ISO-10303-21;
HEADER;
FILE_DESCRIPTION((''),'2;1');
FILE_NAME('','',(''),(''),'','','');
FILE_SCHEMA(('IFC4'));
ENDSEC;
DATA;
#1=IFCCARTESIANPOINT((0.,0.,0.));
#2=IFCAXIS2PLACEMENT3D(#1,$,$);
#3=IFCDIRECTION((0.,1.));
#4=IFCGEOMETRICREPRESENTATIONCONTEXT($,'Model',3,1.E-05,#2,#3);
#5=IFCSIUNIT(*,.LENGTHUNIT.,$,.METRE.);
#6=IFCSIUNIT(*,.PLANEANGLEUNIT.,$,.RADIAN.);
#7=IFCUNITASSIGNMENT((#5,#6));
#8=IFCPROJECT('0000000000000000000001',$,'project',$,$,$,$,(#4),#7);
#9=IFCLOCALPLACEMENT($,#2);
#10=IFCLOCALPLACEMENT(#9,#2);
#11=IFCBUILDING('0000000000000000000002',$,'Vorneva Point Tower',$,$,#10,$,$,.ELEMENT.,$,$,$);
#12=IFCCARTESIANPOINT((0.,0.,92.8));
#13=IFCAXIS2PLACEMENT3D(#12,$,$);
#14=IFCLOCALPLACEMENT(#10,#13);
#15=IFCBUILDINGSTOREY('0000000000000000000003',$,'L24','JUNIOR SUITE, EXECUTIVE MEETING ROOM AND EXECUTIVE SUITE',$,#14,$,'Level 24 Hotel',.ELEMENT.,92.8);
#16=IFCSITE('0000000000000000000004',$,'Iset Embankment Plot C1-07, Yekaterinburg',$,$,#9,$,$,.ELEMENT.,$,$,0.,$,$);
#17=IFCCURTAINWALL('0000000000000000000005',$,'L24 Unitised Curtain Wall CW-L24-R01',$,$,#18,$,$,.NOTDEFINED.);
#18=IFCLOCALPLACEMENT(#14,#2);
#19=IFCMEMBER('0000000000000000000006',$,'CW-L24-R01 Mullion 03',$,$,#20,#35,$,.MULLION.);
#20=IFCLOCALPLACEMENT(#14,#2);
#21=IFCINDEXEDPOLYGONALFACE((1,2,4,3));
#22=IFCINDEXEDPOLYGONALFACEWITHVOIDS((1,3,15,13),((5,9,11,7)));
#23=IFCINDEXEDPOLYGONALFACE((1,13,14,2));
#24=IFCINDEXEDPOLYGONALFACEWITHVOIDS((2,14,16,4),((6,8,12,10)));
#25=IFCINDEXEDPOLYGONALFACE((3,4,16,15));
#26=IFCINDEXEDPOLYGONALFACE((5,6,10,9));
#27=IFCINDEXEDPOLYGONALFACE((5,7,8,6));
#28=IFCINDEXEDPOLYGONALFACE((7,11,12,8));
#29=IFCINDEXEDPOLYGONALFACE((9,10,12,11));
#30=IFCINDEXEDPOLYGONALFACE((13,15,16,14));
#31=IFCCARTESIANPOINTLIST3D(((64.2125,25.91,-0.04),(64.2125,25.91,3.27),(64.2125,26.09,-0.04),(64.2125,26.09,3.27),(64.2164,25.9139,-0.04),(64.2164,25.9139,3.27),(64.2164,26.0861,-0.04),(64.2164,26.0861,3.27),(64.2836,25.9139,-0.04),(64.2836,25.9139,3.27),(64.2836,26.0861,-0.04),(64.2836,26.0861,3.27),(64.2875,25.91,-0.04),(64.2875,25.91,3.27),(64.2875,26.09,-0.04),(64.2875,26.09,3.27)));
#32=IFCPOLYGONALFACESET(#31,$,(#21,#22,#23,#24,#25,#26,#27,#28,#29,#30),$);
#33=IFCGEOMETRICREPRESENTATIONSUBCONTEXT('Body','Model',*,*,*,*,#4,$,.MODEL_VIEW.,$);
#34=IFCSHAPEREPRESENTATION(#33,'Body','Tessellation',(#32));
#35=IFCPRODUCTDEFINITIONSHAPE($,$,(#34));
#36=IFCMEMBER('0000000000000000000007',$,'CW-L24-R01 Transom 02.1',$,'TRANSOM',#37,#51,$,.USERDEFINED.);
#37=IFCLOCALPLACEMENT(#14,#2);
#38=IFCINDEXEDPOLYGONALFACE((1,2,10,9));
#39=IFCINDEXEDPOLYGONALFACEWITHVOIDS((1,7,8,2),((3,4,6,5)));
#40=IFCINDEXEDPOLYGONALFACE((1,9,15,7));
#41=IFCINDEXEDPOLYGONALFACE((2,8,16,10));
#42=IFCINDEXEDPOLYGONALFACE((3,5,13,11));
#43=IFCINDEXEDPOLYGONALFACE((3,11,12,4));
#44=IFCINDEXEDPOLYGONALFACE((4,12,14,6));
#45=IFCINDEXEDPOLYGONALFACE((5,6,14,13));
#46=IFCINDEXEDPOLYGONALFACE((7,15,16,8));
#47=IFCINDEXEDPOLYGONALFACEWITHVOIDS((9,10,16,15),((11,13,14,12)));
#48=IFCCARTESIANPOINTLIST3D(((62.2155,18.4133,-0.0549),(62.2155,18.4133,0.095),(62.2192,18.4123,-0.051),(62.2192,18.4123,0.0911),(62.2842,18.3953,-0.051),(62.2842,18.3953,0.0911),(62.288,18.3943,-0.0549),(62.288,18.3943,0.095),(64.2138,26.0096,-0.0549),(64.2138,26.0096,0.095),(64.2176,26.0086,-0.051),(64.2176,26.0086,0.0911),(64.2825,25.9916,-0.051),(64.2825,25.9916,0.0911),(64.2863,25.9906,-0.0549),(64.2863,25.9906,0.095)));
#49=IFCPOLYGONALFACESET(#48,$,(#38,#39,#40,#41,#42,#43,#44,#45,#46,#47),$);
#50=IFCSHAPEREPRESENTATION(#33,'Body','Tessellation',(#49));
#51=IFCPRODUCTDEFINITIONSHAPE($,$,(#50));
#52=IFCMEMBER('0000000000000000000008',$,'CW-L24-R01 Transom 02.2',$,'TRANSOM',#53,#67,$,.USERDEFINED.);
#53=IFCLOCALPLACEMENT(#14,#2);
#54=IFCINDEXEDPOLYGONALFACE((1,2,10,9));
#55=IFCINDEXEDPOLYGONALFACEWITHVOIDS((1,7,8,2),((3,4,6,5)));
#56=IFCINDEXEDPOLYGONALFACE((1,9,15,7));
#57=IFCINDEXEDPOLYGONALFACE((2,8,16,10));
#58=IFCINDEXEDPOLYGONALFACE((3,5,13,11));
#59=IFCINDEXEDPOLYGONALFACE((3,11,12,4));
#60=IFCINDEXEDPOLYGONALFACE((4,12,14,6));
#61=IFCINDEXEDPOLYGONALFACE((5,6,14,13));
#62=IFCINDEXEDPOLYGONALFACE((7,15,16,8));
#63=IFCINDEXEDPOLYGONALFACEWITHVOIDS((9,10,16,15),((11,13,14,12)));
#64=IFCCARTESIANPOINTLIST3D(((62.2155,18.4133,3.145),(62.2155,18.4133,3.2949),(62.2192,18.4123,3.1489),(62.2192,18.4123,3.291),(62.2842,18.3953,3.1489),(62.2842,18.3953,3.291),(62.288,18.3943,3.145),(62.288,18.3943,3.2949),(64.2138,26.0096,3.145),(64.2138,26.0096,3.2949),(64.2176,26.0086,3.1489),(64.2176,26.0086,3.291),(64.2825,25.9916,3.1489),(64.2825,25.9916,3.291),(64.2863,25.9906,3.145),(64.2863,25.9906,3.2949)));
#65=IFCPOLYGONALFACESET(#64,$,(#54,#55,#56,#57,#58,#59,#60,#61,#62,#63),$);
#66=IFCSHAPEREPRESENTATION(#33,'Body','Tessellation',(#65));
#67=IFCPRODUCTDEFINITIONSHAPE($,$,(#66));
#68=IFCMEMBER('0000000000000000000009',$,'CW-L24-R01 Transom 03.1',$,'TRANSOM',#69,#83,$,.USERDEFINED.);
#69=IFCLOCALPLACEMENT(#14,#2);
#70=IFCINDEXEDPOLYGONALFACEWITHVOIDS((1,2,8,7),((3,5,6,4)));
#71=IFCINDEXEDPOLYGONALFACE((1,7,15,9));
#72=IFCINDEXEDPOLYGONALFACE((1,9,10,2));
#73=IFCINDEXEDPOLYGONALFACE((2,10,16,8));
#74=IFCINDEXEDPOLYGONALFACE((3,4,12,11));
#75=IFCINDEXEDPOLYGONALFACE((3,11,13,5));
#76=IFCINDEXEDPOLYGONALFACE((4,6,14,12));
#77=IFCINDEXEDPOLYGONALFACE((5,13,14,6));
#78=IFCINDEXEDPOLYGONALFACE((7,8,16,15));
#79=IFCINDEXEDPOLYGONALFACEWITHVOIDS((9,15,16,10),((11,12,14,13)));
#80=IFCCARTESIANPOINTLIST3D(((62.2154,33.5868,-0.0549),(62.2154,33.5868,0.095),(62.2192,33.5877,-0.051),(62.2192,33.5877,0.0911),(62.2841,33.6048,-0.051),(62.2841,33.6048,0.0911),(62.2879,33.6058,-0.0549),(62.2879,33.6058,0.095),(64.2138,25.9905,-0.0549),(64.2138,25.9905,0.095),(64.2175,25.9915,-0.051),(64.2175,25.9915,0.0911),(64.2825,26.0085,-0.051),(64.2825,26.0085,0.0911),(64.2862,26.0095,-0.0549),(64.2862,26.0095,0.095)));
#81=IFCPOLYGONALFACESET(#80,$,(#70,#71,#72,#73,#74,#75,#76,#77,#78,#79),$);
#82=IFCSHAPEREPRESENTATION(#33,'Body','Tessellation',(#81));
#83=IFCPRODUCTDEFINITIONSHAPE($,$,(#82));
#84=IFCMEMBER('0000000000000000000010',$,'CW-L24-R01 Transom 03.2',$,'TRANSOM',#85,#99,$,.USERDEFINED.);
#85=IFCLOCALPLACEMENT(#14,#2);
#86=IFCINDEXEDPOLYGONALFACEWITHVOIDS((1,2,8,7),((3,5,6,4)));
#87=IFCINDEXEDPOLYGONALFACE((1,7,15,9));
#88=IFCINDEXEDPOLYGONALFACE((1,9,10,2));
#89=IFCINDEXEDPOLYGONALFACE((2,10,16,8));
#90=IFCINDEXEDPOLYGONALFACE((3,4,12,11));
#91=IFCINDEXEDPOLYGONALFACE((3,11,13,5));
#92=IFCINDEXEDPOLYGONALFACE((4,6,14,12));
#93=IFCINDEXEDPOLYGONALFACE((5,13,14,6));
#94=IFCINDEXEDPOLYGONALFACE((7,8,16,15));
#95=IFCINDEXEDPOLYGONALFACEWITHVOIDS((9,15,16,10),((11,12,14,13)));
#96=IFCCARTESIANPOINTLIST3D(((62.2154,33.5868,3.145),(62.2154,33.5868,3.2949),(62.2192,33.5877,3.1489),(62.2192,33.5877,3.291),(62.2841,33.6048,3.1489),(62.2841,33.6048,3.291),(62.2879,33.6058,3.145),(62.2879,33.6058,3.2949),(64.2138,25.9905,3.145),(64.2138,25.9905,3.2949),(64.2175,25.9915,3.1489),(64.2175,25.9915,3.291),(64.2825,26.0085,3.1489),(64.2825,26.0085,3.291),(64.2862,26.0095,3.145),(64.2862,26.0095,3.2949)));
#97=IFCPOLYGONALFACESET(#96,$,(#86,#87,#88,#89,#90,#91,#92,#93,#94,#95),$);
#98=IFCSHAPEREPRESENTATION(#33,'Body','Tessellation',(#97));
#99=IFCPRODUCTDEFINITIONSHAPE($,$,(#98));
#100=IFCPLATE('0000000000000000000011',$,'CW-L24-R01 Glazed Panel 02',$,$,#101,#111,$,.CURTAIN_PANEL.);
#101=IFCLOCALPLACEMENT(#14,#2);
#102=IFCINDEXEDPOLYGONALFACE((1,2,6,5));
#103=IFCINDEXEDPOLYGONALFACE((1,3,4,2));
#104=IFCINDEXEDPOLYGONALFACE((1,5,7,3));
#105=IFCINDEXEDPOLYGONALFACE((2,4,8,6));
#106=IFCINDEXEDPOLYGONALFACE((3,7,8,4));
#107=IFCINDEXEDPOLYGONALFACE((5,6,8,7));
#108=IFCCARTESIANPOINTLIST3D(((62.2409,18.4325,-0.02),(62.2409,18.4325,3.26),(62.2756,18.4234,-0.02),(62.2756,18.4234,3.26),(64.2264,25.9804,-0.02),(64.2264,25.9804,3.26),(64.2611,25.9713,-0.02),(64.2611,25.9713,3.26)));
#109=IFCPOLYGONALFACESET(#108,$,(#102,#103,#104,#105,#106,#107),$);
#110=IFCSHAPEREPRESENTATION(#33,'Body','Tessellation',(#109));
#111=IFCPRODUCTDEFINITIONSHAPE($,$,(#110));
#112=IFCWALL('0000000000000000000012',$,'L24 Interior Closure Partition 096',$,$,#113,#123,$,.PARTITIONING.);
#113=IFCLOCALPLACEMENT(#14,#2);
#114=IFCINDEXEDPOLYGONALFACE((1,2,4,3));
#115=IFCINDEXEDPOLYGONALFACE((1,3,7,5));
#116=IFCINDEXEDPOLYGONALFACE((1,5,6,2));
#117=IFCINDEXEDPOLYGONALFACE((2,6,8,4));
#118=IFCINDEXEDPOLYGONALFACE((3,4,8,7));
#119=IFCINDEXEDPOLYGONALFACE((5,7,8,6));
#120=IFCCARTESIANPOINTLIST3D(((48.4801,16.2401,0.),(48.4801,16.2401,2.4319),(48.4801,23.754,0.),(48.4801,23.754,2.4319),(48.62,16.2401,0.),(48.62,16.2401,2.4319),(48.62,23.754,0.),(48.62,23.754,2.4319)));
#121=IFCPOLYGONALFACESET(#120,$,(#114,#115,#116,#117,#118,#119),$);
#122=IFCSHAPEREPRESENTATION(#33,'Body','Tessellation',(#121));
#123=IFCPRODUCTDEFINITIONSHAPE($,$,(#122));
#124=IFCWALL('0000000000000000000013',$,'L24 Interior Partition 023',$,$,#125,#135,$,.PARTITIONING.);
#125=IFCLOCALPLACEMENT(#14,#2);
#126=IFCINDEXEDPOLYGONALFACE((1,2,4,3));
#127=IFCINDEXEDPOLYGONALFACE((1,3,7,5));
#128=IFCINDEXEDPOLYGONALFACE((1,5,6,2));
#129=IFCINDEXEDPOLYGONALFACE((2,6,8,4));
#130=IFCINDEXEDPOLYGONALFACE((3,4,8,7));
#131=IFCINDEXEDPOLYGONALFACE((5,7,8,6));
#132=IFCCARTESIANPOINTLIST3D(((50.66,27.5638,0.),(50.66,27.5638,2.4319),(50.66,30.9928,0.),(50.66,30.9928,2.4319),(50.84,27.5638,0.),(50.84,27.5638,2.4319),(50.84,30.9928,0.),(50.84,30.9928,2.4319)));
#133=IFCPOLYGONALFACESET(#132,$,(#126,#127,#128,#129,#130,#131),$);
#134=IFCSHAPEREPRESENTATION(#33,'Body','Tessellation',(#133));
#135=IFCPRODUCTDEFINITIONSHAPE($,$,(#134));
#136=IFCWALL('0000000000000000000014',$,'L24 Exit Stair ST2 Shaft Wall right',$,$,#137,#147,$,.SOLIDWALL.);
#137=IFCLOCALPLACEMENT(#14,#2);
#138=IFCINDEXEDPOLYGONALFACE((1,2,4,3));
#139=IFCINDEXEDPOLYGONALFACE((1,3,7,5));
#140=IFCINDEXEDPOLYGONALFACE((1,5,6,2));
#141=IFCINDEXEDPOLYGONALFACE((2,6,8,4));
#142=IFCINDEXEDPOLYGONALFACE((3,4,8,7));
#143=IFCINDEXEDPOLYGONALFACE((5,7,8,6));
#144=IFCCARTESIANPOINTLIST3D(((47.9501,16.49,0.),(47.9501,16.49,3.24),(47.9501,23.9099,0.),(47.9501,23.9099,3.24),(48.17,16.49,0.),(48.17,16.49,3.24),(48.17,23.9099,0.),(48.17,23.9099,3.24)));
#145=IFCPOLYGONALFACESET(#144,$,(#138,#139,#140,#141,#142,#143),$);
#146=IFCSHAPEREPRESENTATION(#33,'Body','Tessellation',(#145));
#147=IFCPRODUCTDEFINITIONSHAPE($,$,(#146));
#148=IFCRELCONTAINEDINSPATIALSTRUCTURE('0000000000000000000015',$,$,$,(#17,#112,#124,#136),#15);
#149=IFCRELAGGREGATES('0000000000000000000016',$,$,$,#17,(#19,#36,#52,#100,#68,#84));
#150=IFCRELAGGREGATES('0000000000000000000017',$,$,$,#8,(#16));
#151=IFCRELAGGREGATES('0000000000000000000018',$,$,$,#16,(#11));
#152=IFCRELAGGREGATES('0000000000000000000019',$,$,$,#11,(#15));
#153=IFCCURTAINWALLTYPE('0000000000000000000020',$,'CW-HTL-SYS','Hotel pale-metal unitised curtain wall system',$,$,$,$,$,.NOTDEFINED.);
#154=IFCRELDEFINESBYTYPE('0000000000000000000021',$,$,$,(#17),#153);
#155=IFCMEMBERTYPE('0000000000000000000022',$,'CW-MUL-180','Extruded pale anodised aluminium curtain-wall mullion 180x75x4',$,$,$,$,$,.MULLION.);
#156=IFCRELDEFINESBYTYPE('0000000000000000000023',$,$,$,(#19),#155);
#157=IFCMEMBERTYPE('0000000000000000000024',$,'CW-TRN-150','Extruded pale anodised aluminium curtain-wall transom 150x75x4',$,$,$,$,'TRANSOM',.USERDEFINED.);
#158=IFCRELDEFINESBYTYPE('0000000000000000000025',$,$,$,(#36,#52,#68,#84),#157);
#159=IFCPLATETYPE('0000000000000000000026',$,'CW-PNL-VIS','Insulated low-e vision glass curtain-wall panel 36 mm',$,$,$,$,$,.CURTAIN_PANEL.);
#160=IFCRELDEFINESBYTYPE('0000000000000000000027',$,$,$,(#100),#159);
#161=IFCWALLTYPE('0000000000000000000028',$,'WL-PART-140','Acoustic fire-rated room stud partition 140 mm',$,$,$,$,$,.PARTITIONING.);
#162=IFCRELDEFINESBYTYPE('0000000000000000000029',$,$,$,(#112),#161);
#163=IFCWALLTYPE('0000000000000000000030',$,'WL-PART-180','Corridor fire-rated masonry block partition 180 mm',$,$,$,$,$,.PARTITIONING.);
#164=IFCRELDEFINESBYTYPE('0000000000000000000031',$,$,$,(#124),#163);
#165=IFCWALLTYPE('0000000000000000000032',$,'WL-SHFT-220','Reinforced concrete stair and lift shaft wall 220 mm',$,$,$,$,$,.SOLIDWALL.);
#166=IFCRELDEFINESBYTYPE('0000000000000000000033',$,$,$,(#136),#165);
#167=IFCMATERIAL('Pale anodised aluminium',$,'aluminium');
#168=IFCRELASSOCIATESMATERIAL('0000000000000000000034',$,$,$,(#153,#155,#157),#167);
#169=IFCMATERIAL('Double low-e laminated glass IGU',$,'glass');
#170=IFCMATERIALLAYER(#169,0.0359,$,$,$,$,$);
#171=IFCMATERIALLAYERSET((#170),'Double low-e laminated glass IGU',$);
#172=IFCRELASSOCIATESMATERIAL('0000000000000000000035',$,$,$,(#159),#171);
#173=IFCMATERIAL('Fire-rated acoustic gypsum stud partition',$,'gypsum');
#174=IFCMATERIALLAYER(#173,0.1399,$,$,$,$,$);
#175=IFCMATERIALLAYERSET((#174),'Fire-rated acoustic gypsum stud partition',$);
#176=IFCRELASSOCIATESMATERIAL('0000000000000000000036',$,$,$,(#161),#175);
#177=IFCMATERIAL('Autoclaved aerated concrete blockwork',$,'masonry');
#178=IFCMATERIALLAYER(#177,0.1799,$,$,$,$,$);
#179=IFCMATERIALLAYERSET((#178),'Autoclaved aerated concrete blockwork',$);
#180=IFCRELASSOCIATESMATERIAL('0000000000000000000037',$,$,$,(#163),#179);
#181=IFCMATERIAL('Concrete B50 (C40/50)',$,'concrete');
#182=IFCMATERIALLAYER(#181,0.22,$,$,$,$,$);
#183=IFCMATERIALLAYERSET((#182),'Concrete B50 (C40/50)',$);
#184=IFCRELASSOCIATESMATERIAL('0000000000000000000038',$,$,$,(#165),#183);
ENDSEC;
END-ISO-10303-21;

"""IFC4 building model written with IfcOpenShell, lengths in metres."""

from ifc_helpers import new_model, si_unit, direction, frame, frame_2d, origin, origin_2d, place, context, subcontext, project, spatial, rectangle, hollow_rectangle, extrude, material, layer, layer_set, material_profile, profile_set, type_object, element, aggregate, save


model = new_model("IFC4")

# Units and contexts
model_context = context("Model", 3, precision=1e-05, world=origin(), true_north=direction((0.0, 1.0)))
body_context = subcontext(model_context, "Body", "Model", "MODEL_VIEW")
ifc_project = project(units=[si_unit("LENGTHUNIT", "METRE"), si_unit("PLANEANGLEUNIT", "RADIAN")], contexts=[model_context])

# Site, building, storey
site_placement = place(None, origin())
site = spatial("IfcSite", under=ifc_project, at=site_placement, Name="Iset Embankment Plot C1-07, Yekaterinburg", CompositionType="ELEMENT", RefElevation=0.0)
building_placement = place(site_placement, origin())
building = spatial("IfcBuilding", under=site, at=building_placement, Name="Vorneva Point Tower", CompositionType="ELEMENT")
storey_placement = place(building_placement, frame((0.0, 0.0, 92.8)))
storey = spatial("IfcBuildingStorey", under=building, at=storey_placement, Name="L24", Description="JUNIOR SUITE, EXECUTIVE MEETING ROOM AND EXECUTIVE SUITE", LongName="Level 24 Hotel", CompositionType="ELEMENT", Elevation=92.8)

# Curtain wall, members, plate
ifc_material_1 = material(Name="Pale anodised aluminium", Category="aluminium")
curtain_wall_type = type_object("IfcCurtainWallType", Name="CW-HTL-SYS", Description="Hotel pale-metal unitised curtain wall system", PredefinedType="NOTDEFINED", material=ifc_material_1)
curtain_wall_placement = place(storey_placement, origin())
curtain_wall = element("IfcCurtainWall", 1, at=curtain_wall_placement, inside=storey, type_object=curtain_wall_type, Name="L24 Unitised Curtain Wall CW-L24-R01", PredefinedType="NOTDEFINED")
ifc_material_profile_1 = material_profile(ifc_material_1, hollow_rectangle(XDim=0.075, YDim=0.1799, WallThickness=0.0039, at=origin_2d()), Name="AL-MUL 180x75x4")
ifc_profile_set_1 = profile_set([ifc_material_profile_1], Name="Pale anodised aluminium")
member_type_1 = type_object("IfcMemberType", Name="CW-MUL-180", Description="Extruded pale anodised aluminium curtain-wall mullion 180x75x4", PredefinedType="MULLION", material=ifc_profile_set_1)
member_1_placement = place(storey_placement, frame((64.25, 26.0, -0.04), z_axis=(0.0, 0.0, 1.0), x_axis=(1.0, 0.0, 0.0)))
member_1 = element("IfcMember", 2, at=member_1_placement, type_object=member_type_1, Name="CW-L24-R01 Mullion 03", PredefinedType="MULLION", context=body_context, shape_type="SweptSolid", body=[
    extrude(hollow_rectangle(XDim=0.075, YDim=0.1799, WallThickness=0.0039, at=origin_2d()), origin(), (0.0, 0.0, 1.0), 3.3101),
])
ifc_material_profile_2 = material_profile(ifc_material_1, hollow_rectangle(XDim=0.075, YDim=0.1499, WallThickness=0.0039, at=origin_2d()), Name="AL-TRN 150x75x4")
ifc_profile_set_2 = profile_set([ifc_material_profile_2], Name="Pale anodised aluminium")
member_type_2 = type_object("IfcMemberType", Name="CW-TRN-150", Description="Extruded pale anodised aluminium curtain-wall transom 150x75x4", ElementType="TRANSOM", PredefinedType="USERDEFINED", material=ifc_profile_set_2)
member_2_placement = place(storey_placement, frame((62.2517, 18.4038, 0.02), z_axis=(0.254409, 0.967097, 0.0), x_axis=(-0.967097, 0.254409, 0.0)))
member_2 = element("IfcMember", 3, at=member_2_placement, type_object=member_type_2, Name="CW-L24-R01 Transom 02.1", ObjectType="TRANSOM", PredefinedType="USERDEFINED", context=body_context, shape_type="SweptSolid", body=[
    extrude(hollow_rectangle(XDim=0.075, YDim=0.1499, WallThickness=0.0039, at=origin_2d()), origin(), (0.0, 0.0, 1.0), 7.8547),
])
member_3_placement = place(storey_placement, frame((62.2517, 18.4038, 3.22), z_axis=(0.254409, 0.967097, 0.0), x_axis=(-0.967097, 0.254409, 0.0)))
member_3 = element("IfcMember", 4, at=member_3_placement, type_object=member_type_2, Name="CW-L24-R01 Transom 02.2", ObjectType="TRANSOM", PredefinedType="USERDEFINED", context=body_context, shape_type="SweptSolid", body=[
    extrude(hollow_rectangle(XDim=0.075, YDim=0.1499, WallThickness=0.0039, at=origin_2d()), origin(), (0.0, 0.0, 1.0), 7.8547),
])
member_4_placement = place(storey_placement, frame((64.25, 26.0, 0.02), z_axis=(-0.254409, 0.967097, 0.0), x_axis=(-0.967097, -0.254409, 0.0)))
member_4 = element("IfcMember", 5, at=member_4_placement, type_object=member_type_2, Name="CW-L24-R01 Transom 03.1", ObjectType="TRANSOM", PredefinedType="USERDEFINED", context=body_context, shape_type="SweptSolid", body=[
    extrude(hollow_rectangle(XDim=0.075, YDim=0.1499, WallThickness=0.0039, at=origin_2d()), origin(), (0.0, 0.0, 1.0), 7.8547),
])
member_5_placement = place(storey_placement, frame((64.25, 26.0, 3.22), z_axis=(-0.254409, 0.967097, 0.0), x_axis=(-0.967097, -0.254409, 0.0)))
member_5 = element("IfcMember", 6, at=member_5_placement, type_object=member_type_2, Name="CW-L24-R01 Transom 03.2", ObjectType="TRANSOM", PredefinedType="USERDEFINED", context=body_context, shape_type="SweptSolid", body=[
    extrude(hollow_rectangle(XDim=0.075, YDim=0.1499, WallThickness=0.0039, at=origin_2d()), origin(), (0.0, 0.0, 1.0), 7.8547),
])
ifc_material_2 = material(Name="Double low-e laminated glass IGU", Category="glass")
ifc_layer_1 = layer(ifc_material_2, 0.0359)
ifc_layer_set_1 = layer_set([ifc_layer_1], Name="Double low-e laminated glass IGU")
plate_type = type_object("IfcPlateType", Name="CW-PNL-VIS", Description="Insulated low-e vision glass curtain-wall panel 36 mm", PredefinedType="CURTAIN_PANEL", material=ifc_layer_set_1)
plate_placement = place(storey_placement, frame((63.251, 22.2019, -0.02), z_axis=(0.0, 0.0, 1.0), x_axis=(0.254399, 0.967099, 0.0)))
plate = element("IfcPlate", 7, at=plate_placement, type_object=plate_type, Name="CW-L24-R01 Glazed Panel 02", PredefinedType="CURTAIN_PANEL", context=body_context, shape_type="SweptSolid", body=[
    extrude(rectangle(XDim=7.8047, YDim=0.0359, at=origin_2d()), origin(), (0.0, 0.0, 1.0), 3.28),
])
aggregate(curtain_wall, [member_1, member_2, member_3, plate, member_4, member_5])

# Wall
ifc_material_3 = material(Name="Fire-rated acoustic gypsum stud partition", Category="gypsum")
ifc_layer_2 = layer(ifc_material_3, 0.1399)
ifc_layer_set_2 = layer_set([ifc_layer_2], Name="Fire-rated acoustic gypsum stud partition")
wall_type_1 = type_object("IfcWallType", Name="WL-PART-140", Description="Acoustic fire-rated room stud partition 140 mm", PredefinedType="PARTITIONING", material=ifc_layer_set_2)
wall_1_placement = place(storey_placement, frame((48.55, 23.7539, 0.0), z_axis=(0.0, 0.0, 1.0), x_axis=(0.0, -1.0, 0.0)))
element("IfcWall", 8, at=wall_1_placement, inside=storey, type_object=wall_type_1, Name="L24 Interior Closure Partition 096", PredefinedType="PARTITIONING", context=body_context, shape_type="SweptSolid", body=[
    extrude(rectangle(XDim=7.5139, YDim=0.1399, at=frame_2d((3.7568, 0.0))), origin(), (0.0, 0.0, 1.0), 2.4319),
])

# Shared definitions
ifc_material_4 = material(Name="Autoclaved aerated concrete blockwork", Category="masonry")
ifc_layer_3 = layer(ifc_material_4, 0.1799)
ifc_layer_set_3 = layer_set([ifc_layer_3], Name="Autoclaved aerated concrete blockwork")
wall_type_2 = type_object("IfcWallType", Name="WL-PART-180", Description="Corridor fire-rated masonry block partition 180 mm", PredefinedType="PARTITIONING", material=ifc_layer_set_3)

# Walls
wall_2_placement = place(storey_placement, frame((50.75, 27.564, 0.0), z_axis=(0.0, 0.0, 1.0), x_axis=(0.0, 1.0, 0.0)))
element("IfcWall", 9, at=wall_2_placement, inside=storey, type_object=wall_type_2, Name="L24 Interior Partition 023", PredefinedType="PARTITIONING", context=body_context, shape_type="SweptSolid", body=[
    extrude(rectangle(XDim=3.429, YDim=0.1799, at=frame_2d((1.7144, 0.0))), origin(), (0.0, 0.0, 1.0), 2.4319),
])
ifc_material_5 = material(Name="Concrete B50 (C40/50)", Category="concrete")
ifc_layer_4 = layer(ifc_material_5, 0.22)
ifc_layer_set_4 = layer_set([ifc_layer_4], Name="Concrete B50 (C40/50)")
wall_type_3 = type_object("IfcWallType", Name="WL-SHFT-220", Description="Reinforced concrete stair and lift shaft wall 220 mm", PredefinedType="SOLIDWALL", material=ifc_layer_set_4)
wall_3_placement = place(storey_placement, frame((48.0601, 23.9099, 0.0), z_axis=(0.0, 0.0, 1.0), x_axis=(0.0, -1.0, 0.0)))
element("IfcWall", 10, at=wall_3_placement, inside=storey, type_object=wall_type_3, Name="L24 Exit Stair ST2 Shaft Wall right", PredefinedType="SOLIDWALL", context=body_context, shape_type="SweptSolid", body=[
    extrude(rectangle(XDim=7.4199, YDim=0.22, at=frame_2d((3.71, 0.0))), origin(), (0.0, 0.0, 1.0), 3.24),
])

save(model, "model.ifc")
